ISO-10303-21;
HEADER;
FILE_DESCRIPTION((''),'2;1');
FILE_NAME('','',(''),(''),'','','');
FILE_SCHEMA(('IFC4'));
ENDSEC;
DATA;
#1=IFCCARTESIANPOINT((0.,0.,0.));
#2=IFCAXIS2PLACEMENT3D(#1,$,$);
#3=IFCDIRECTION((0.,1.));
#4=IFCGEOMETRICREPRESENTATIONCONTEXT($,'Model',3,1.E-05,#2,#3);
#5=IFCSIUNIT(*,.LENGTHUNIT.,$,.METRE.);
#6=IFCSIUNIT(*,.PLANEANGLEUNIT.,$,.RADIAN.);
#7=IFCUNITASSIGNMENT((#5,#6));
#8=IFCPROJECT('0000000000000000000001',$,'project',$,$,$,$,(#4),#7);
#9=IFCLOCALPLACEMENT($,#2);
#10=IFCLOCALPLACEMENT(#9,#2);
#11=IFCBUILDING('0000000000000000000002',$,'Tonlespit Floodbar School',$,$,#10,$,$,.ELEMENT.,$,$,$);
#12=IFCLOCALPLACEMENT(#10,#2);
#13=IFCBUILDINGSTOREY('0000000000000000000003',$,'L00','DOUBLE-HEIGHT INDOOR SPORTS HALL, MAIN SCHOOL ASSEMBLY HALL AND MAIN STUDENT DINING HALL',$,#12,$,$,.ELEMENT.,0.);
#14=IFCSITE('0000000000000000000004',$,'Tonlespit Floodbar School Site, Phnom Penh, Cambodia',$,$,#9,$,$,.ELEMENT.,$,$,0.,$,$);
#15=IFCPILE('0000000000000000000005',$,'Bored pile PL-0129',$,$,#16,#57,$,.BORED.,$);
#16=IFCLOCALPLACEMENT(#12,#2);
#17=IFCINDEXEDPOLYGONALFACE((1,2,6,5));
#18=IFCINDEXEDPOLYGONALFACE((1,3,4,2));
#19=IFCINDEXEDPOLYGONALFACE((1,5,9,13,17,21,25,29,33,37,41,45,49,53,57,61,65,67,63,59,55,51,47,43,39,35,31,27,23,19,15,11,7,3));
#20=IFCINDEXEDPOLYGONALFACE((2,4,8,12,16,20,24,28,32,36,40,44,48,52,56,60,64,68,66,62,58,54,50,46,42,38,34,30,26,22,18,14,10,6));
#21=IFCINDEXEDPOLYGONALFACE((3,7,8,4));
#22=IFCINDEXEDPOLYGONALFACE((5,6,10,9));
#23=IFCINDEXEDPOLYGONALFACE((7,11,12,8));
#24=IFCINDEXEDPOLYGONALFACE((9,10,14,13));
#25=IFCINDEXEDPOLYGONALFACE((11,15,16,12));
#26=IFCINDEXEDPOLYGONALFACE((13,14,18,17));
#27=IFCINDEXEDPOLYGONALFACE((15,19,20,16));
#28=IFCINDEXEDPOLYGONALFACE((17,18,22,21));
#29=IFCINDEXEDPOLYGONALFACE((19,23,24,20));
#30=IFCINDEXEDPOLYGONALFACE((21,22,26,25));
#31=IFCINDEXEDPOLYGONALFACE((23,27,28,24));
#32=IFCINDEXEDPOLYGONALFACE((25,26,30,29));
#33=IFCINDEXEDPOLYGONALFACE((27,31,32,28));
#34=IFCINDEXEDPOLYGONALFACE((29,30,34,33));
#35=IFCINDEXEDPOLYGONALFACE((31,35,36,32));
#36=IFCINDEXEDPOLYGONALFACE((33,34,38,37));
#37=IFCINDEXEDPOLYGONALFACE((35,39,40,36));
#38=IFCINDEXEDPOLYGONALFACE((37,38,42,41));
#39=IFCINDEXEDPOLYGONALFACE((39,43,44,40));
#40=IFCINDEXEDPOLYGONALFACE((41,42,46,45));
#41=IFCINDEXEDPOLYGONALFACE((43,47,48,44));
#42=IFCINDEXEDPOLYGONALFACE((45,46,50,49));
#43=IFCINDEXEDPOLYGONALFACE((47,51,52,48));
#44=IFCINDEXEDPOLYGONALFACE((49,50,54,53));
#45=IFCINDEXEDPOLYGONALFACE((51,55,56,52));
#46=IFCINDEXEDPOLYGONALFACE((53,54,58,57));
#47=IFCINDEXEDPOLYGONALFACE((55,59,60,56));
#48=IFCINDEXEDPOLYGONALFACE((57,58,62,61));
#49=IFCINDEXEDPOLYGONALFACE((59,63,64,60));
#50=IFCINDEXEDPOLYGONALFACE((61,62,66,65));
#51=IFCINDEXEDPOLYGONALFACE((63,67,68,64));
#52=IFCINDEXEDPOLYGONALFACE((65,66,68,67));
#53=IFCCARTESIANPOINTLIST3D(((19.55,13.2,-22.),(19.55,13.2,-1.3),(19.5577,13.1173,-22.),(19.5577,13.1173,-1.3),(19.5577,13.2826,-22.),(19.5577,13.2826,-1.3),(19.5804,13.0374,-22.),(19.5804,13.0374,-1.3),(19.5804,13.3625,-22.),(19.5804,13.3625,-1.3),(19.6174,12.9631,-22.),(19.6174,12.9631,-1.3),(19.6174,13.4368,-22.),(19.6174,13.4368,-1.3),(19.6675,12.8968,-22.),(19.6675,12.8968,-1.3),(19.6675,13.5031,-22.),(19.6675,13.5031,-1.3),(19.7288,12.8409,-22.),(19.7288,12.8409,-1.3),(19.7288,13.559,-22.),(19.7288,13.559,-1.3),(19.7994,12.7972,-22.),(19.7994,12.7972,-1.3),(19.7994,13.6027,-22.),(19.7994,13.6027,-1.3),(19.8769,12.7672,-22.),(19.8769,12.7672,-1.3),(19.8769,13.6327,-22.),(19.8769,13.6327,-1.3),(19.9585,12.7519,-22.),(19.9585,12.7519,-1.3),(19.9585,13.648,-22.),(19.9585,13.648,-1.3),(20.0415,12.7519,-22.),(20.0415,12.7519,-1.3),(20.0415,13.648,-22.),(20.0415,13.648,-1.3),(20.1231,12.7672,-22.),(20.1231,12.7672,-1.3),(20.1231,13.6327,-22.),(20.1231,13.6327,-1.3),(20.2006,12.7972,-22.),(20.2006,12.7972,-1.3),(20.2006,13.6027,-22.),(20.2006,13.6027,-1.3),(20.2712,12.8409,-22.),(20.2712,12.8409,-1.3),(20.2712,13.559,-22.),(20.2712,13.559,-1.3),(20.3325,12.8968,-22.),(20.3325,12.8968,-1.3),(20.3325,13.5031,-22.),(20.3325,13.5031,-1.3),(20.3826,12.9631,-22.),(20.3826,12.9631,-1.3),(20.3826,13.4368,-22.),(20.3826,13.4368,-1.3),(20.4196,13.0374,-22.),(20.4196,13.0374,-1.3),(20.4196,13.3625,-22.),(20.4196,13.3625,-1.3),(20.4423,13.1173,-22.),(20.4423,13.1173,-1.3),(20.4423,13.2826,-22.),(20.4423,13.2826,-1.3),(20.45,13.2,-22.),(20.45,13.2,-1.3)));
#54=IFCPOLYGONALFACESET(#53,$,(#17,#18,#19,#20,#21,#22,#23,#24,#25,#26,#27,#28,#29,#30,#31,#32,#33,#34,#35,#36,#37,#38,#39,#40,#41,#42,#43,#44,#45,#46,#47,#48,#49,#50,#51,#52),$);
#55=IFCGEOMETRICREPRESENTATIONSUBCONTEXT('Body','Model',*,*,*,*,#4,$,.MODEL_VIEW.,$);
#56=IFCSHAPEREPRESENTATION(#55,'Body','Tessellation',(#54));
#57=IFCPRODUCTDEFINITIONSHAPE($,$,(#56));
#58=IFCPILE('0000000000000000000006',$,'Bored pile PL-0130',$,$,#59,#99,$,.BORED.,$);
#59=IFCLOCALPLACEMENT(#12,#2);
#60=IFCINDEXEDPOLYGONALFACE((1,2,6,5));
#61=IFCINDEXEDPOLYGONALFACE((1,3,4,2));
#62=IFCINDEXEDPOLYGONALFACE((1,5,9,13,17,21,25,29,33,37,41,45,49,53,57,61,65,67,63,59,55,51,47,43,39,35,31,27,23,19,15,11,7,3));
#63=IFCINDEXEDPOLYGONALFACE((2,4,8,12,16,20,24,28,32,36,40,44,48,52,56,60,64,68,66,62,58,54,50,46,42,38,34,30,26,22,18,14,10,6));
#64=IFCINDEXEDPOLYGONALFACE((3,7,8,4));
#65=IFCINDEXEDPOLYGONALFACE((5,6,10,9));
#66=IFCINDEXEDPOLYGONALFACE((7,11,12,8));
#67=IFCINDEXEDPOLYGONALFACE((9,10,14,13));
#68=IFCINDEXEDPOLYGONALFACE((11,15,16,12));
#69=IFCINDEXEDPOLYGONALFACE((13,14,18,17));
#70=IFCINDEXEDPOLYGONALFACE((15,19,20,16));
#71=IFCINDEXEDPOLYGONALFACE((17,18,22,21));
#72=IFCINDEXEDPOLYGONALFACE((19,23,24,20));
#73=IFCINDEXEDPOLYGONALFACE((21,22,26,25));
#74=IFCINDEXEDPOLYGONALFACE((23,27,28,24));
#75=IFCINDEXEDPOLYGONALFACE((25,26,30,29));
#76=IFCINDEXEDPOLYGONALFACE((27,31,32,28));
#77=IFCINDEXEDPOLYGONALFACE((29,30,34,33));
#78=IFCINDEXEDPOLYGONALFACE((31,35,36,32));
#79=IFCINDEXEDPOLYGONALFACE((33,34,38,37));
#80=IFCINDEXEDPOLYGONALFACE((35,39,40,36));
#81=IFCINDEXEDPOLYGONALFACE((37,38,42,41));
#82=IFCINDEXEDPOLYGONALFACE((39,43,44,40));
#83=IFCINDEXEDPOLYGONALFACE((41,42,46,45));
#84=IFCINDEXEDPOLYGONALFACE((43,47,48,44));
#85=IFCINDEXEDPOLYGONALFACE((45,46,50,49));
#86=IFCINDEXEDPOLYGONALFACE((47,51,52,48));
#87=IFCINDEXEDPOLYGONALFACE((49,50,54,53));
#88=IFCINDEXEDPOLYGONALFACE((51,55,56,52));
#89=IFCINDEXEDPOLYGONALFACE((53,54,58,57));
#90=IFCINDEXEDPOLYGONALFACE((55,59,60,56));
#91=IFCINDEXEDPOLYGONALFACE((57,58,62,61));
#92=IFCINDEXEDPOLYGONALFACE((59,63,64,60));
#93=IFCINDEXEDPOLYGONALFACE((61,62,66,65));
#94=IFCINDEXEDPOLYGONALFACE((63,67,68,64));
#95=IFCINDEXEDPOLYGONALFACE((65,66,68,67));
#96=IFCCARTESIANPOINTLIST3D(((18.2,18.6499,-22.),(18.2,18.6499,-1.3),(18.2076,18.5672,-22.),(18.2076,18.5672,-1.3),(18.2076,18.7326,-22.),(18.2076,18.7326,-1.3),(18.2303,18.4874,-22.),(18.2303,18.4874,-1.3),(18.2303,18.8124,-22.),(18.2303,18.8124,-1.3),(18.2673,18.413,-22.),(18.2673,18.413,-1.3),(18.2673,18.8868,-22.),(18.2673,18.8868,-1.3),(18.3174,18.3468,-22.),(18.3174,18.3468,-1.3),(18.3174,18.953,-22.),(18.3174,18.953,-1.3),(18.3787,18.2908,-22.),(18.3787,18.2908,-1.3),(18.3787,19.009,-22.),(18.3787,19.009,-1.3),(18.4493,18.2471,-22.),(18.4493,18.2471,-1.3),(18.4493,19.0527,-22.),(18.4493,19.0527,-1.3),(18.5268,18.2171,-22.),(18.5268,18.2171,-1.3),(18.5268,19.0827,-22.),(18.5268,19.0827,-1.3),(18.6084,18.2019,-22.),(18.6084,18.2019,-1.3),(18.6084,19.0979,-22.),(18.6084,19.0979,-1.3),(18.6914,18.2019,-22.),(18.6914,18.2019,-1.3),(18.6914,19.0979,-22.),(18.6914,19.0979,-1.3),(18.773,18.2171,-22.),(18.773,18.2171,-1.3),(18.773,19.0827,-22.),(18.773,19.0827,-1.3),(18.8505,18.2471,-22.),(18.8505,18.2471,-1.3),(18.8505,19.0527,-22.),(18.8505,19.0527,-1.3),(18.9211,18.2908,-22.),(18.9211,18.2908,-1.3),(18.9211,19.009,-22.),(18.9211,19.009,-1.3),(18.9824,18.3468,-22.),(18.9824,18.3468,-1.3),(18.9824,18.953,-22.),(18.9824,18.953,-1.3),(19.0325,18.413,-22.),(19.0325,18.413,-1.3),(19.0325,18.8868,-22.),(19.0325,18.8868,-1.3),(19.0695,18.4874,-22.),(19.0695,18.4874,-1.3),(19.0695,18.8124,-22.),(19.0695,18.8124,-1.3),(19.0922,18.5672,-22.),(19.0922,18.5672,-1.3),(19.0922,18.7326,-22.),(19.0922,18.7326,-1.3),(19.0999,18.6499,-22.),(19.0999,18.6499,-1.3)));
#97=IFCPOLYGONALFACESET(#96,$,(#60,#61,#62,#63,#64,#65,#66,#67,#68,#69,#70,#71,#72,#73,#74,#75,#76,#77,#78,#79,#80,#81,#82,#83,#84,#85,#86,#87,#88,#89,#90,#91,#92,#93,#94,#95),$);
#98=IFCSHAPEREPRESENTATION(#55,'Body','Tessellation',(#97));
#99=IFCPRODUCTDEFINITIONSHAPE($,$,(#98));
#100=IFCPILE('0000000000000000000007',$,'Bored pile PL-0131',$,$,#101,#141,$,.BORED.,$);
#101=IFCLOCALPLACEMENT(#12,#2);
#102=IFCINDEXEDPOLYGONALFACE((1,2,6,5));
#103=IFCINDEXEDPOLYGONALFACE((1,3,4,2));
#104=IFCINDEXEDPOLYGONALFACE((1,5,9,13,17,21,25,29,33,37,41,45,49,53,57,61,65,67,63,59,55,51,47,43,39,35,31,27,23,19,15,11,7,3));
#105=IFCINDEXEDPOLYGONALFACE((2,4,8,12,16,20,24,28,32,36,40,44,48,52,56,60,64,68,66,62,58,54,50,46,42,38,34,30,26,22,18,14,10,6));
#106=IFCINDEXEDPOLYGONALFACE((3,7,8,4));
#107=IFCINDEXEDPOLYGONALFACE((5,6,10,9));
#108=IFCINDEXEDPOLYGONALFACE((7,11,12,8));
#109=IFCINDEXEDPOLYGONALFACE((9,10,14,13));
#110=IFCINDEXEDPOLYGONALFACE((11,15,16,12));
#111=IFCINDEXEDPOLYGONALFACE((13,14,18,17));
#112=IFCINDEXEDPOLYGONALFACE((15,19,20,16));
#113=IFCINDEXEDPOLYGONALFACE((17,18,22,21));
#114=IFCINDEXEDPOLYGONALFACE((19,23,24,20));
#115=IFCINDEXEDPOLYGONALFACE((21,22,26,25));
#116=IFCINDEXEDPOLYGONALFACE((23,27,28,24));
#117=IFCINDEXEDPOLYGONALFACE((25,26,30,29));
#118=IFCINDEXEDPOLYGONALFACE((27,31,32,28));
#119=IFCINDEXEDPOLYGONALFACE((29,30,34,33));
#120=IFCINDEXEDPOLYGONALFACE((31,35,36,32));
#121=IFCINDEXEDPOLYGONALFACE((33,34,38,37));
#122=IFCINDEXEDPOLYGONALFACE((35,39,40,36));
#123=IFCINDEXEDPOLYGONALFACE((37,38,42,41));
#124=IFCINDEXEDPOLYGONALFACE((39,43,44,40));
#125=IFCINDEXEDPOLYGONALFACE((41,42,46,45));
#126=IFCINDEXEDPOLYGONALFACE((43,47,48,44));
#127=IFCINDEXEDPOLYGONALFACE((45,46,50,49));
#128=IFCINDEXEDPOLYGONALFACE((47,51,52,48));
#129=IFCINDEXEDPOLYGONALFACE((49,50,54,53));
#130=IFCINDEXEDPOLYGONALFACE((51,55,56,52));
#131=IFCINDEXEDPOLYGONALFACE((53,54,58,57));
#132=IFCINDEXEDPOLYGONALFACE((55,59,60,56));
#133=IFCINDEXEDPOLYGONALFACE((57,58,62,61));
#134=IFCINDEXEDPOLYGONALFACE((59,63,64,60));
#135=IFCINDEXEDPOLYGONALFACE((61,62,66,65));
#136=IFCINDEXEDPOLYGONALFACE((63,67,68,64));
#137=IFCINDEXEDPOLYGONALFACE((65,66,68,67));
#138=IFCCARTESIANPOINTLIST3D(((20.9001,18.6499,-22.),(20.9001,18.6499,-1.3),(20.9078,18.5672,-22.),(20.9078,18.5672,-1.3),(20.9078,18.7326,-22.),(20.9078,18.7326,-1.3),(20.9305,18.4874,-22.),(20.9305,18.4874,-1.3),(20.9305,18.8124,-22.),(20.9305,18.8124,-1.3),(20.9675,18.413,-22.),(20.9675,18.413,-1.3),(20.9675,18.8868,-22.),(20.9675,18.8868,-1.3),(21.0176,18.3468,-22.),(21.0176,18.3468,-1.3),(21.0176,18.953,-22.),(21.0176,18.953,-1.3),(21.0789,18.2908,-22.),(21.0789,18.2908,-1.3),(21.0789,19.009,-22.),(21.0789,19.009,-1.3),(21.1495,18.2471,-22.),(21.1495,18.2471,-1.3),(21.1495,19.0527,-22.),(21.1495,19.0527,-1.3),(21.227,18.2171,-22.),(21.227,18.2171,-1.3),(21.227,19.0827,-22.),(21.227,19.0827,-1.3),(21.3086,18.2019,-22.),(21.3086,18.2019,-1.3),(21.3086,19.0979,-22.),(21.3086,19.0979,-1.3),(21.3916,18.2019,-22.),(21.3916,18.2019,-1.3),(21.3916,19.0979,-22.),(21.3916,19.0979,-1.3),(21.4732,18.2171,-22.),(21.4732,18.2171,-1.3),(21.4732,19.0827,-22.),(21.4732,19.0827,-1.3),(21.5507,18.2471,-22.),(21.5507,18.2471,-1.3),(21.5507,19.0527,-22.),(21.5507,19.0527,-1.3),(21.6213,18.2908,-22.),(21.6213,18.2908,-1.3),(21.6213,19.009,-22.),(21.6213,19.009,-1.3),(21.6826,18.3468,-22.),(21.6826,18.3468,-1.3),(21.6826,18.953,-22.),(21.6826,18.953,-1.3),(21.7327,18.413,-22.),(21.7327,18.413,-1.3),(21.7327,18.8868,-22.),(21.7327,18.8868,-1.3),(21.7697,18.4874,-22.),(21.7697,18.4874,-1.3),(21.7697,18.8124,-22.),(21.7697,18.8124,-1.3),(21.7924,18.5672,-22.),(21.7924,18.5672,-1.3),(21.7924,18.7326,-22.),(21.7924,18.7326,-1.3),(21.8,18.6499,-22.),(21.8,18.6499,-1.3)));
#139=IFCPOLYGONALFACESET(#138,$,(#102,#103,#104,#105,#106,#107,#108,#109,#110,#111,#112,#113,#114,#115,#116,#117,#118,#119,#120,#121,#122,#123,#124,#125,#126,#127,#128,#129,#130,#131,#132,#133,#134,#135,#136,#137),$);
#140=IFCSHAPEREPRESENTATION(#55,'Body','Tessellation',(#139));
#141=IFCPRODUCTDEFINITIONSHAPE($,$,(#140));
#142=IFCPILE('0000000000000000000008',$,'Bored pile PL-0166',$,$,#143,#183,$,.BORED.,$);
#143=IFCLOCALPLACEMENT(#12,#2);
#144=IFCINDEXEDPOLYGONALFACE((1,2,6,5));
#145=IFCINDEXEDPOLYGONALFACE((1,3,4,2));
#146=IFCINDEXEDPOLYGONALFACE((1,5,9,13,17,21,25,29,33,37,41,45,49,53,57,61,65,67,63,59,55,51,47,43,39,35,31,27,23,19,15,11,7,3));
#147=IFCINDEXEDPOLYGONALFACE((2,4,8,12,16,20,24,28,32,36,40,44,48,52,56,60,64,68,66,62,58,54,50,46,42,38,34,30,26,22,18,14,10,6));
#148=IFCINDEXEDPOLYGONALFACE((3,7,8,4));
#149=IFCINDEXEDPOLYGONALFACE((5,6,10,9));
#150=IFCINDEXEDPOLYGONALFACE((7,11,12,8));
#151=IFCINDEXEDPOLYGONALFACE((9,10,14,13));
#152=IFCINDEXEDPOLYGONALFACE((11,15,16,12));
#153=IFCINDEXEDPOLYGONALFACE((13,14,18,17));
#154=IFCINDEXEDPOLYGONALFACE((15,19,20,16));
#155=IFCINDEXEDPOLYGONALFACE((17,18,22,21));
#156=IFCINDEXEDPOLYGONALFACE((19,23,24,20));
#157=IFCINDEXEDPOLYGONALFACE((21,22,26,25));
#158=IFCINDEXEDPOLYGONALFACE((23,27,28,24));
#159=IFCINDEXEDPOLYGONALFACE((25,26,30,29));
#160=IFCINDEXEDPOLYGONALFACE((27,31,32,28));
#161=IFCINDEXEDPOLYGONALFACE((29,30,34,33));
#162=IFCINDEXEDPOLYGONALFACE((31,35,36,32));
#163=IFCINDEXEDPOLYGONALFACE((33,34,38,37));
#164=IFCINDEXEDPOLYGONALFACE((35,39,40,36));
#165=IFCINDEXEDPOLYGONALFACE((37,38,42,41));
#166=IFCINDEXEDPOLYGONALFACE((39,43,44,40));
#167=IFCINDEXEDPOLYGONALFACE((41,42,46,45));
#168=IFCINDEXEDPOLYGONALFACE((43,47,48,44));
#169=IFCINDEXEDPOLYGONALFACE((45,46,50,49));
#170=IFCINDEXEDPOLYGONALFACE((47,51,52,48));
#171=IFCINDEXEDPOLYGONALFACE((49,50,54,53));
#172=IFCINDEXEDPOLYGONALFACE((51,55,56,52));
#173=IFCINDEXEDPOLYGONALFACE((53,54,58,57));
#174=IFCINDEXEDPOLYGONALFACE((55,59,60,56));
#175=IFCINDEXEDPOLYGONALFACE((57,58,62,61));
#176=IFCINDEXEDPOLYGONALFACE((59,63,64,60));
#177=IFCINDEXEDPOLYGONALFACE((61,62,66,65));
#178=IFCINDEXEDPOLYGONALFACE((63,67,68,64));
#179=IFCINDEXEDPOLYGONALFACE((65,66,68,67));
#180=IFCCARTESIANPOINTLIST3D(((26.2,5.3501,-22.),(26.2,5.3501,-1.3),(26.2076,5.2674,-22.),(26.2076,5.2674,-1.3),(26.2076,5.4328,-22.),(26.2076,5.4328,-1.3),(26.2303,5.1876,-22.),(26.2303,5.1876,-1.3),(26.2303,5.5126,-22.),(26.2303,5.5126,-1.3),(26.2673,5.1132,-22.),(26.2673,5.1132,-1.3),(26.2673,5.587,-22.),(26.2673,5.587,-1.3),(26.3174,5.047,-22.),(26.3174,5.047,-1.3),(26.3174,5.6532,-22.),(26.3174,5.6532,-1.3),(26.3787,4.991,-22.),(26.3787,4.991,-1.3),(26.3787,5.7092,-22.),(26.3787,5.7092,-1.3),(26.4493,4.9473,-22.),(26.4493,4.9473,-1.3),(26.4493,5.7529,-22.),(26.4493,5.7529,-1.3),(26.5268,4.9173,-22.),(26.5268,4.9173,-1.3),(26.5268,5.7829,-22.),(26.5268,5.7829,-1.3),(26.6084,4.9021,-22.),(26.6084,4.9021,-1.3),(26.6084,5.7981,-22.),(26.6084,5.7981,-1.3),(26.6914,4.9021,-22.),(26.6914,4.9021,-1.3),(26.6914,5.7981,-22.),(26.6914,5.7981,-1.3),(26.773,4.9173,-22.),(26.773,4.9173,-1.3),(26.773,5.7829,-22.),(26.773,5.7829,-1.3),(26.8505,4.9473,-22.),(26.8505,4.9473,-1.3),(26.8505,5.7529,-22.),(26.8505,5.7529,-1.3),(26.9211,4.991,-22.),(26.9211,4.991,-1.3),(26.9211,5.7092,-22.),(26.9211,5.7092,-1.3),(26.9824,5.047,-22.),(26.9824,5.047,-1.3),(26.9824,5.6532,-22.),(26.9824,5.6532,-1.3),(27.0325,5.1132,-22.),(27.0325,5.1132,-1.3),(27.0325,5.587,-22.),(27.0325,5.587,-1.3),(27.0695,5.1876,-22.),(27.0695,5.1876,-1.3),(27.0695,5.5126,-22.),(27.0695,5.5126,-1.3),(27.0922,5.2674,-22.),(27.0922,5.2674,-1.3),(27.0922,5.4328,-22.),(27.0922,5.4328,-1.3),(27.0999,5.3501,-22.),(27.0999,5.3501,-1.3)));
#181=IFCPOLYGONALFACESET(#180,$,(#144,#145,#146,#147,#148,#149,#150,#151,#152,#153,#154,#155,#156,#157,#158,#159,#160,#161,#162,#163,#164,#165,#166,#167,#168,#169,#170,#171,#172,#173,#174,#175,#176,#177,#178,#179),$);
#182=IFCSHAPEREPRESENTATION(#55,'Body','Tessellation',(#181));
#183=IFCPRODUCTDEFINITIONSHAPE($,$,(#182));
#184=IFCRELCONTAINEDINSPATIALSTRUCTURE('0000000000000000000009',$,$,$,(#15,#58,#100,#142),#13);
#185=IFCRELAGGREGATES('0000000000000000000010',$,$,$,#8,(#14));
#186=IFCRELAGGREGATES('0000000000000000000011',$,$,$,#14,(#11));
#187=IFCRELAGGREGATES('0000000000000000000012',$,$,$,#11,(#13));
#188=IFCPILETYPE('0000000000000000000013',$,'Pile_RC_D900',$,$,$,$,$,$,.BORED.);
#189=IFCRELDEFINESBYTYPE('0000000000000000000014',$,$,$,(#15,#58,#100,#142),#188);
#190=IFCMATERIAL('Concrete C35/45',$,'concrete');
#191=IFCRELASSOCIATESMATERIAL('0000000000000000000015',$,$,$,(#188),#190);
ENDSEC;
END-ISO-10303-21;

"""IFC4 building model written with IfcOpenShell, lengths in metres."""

from ifc_helpers import new_model, si_unit, direction, frame, origin, origin_2d, place, context, subcontext, project, spatial, circle, extrude, material, material_profile, profile_set, type_object, element, save


model = new_model("IFC4")

# Units and contexts
model_context = context("Model", 3, precision=1e-05, world=origin(), true_north=direction((0.0, 1.0)))
body_context = subcontext(model_context, "Body", "Model", "MODEL_VIEW")
ifc_project = project(units=[si_unit("LENGTHUNIT", "METRE"), si_unit("PLANEANGLEUNIT", "RADIAN")], contexts=[model_context])

# Site, building, storey
site_placement = place(None, origin())
site = spatial("IfcSite", under=ifc_project, at=site_placement, Name="Tonlespit Floodbar School Site, Phnom Penh, Cambodia", CompositionType="ELEMENT", RefElevation=0.0)
building_placement = place(site_placement, origin())
building = spatial("IfcBuilding", under=site, at=building_placement, Name="Tonlespit Floodbar School", CompositionType="ELEMENT")
storey_placement = place(building_placement, origin())
storey = spatial("IfcBuildingStorey", under=building, at=storey_placement, Name="L00", Description="DOUBLE-HEIGHT INDOOR SPORTS HALL, MAIN SCHOOL ASSEMBLY HALL AND MAIN STUDENT DINING HALL", CompositionType="ELEMENT", Elevation=0.0)

# Piles
ifc_material_1 = material(Name="Concrete C35/45", Category="concrete")
ifc_material_profile_1 = material_profile(ifc_material_1, circle(Radius=0.45, at=origin_2d()), Name="BP D900")
ifc_profile_set_1 = profile_set([ifc_material_profile_1], Name="Concrete C35/45")
pile_type = type_object("IfcPileType", Name="Pile_RC_D900", PredefinedType="BORED", material=ifc_profile_set_1)
for number, where, z_axis, x_axis, name in (
    (1, (20.0, 13.2, -1.3), (0.0, 0.0, -1.0), (1.0, 0.0, 0.0), "Bored pile PL-0129"),
    (2, (18.6499, 18.6499, -1.3), (0.0, 0.0, -1.0), (1.0, 0.0, 0.0), "Bored pile PL-0130"),
    (3, (21.3501, 18.6499, -1.3), (0.0, 0.0, -1.0), (1.0, 0.0, 0.0), "Bored pile PL-0131"),
    (4, (26.6499, 5.3501, -1.3), (0.0, 0.0, -1.0), (1.0, 0.0, 0.0), "Bored pile PL-0166"),
):
    element("IfcPile", number, at=place(storey_placement, frame(where, z_axis=z_axis, x_axis=x_axis)), inside=storey, type_object=pile_type, Name=name, PredefinedType="BORED", context=body_context, shape_type="SweptSolid", body=[
        extrude(circle(Radius=0.45, at=origin_2d()), origin(), (0.0, 0.0, 1.0), 20.7),
    ])

save(model, "model.ifc")
